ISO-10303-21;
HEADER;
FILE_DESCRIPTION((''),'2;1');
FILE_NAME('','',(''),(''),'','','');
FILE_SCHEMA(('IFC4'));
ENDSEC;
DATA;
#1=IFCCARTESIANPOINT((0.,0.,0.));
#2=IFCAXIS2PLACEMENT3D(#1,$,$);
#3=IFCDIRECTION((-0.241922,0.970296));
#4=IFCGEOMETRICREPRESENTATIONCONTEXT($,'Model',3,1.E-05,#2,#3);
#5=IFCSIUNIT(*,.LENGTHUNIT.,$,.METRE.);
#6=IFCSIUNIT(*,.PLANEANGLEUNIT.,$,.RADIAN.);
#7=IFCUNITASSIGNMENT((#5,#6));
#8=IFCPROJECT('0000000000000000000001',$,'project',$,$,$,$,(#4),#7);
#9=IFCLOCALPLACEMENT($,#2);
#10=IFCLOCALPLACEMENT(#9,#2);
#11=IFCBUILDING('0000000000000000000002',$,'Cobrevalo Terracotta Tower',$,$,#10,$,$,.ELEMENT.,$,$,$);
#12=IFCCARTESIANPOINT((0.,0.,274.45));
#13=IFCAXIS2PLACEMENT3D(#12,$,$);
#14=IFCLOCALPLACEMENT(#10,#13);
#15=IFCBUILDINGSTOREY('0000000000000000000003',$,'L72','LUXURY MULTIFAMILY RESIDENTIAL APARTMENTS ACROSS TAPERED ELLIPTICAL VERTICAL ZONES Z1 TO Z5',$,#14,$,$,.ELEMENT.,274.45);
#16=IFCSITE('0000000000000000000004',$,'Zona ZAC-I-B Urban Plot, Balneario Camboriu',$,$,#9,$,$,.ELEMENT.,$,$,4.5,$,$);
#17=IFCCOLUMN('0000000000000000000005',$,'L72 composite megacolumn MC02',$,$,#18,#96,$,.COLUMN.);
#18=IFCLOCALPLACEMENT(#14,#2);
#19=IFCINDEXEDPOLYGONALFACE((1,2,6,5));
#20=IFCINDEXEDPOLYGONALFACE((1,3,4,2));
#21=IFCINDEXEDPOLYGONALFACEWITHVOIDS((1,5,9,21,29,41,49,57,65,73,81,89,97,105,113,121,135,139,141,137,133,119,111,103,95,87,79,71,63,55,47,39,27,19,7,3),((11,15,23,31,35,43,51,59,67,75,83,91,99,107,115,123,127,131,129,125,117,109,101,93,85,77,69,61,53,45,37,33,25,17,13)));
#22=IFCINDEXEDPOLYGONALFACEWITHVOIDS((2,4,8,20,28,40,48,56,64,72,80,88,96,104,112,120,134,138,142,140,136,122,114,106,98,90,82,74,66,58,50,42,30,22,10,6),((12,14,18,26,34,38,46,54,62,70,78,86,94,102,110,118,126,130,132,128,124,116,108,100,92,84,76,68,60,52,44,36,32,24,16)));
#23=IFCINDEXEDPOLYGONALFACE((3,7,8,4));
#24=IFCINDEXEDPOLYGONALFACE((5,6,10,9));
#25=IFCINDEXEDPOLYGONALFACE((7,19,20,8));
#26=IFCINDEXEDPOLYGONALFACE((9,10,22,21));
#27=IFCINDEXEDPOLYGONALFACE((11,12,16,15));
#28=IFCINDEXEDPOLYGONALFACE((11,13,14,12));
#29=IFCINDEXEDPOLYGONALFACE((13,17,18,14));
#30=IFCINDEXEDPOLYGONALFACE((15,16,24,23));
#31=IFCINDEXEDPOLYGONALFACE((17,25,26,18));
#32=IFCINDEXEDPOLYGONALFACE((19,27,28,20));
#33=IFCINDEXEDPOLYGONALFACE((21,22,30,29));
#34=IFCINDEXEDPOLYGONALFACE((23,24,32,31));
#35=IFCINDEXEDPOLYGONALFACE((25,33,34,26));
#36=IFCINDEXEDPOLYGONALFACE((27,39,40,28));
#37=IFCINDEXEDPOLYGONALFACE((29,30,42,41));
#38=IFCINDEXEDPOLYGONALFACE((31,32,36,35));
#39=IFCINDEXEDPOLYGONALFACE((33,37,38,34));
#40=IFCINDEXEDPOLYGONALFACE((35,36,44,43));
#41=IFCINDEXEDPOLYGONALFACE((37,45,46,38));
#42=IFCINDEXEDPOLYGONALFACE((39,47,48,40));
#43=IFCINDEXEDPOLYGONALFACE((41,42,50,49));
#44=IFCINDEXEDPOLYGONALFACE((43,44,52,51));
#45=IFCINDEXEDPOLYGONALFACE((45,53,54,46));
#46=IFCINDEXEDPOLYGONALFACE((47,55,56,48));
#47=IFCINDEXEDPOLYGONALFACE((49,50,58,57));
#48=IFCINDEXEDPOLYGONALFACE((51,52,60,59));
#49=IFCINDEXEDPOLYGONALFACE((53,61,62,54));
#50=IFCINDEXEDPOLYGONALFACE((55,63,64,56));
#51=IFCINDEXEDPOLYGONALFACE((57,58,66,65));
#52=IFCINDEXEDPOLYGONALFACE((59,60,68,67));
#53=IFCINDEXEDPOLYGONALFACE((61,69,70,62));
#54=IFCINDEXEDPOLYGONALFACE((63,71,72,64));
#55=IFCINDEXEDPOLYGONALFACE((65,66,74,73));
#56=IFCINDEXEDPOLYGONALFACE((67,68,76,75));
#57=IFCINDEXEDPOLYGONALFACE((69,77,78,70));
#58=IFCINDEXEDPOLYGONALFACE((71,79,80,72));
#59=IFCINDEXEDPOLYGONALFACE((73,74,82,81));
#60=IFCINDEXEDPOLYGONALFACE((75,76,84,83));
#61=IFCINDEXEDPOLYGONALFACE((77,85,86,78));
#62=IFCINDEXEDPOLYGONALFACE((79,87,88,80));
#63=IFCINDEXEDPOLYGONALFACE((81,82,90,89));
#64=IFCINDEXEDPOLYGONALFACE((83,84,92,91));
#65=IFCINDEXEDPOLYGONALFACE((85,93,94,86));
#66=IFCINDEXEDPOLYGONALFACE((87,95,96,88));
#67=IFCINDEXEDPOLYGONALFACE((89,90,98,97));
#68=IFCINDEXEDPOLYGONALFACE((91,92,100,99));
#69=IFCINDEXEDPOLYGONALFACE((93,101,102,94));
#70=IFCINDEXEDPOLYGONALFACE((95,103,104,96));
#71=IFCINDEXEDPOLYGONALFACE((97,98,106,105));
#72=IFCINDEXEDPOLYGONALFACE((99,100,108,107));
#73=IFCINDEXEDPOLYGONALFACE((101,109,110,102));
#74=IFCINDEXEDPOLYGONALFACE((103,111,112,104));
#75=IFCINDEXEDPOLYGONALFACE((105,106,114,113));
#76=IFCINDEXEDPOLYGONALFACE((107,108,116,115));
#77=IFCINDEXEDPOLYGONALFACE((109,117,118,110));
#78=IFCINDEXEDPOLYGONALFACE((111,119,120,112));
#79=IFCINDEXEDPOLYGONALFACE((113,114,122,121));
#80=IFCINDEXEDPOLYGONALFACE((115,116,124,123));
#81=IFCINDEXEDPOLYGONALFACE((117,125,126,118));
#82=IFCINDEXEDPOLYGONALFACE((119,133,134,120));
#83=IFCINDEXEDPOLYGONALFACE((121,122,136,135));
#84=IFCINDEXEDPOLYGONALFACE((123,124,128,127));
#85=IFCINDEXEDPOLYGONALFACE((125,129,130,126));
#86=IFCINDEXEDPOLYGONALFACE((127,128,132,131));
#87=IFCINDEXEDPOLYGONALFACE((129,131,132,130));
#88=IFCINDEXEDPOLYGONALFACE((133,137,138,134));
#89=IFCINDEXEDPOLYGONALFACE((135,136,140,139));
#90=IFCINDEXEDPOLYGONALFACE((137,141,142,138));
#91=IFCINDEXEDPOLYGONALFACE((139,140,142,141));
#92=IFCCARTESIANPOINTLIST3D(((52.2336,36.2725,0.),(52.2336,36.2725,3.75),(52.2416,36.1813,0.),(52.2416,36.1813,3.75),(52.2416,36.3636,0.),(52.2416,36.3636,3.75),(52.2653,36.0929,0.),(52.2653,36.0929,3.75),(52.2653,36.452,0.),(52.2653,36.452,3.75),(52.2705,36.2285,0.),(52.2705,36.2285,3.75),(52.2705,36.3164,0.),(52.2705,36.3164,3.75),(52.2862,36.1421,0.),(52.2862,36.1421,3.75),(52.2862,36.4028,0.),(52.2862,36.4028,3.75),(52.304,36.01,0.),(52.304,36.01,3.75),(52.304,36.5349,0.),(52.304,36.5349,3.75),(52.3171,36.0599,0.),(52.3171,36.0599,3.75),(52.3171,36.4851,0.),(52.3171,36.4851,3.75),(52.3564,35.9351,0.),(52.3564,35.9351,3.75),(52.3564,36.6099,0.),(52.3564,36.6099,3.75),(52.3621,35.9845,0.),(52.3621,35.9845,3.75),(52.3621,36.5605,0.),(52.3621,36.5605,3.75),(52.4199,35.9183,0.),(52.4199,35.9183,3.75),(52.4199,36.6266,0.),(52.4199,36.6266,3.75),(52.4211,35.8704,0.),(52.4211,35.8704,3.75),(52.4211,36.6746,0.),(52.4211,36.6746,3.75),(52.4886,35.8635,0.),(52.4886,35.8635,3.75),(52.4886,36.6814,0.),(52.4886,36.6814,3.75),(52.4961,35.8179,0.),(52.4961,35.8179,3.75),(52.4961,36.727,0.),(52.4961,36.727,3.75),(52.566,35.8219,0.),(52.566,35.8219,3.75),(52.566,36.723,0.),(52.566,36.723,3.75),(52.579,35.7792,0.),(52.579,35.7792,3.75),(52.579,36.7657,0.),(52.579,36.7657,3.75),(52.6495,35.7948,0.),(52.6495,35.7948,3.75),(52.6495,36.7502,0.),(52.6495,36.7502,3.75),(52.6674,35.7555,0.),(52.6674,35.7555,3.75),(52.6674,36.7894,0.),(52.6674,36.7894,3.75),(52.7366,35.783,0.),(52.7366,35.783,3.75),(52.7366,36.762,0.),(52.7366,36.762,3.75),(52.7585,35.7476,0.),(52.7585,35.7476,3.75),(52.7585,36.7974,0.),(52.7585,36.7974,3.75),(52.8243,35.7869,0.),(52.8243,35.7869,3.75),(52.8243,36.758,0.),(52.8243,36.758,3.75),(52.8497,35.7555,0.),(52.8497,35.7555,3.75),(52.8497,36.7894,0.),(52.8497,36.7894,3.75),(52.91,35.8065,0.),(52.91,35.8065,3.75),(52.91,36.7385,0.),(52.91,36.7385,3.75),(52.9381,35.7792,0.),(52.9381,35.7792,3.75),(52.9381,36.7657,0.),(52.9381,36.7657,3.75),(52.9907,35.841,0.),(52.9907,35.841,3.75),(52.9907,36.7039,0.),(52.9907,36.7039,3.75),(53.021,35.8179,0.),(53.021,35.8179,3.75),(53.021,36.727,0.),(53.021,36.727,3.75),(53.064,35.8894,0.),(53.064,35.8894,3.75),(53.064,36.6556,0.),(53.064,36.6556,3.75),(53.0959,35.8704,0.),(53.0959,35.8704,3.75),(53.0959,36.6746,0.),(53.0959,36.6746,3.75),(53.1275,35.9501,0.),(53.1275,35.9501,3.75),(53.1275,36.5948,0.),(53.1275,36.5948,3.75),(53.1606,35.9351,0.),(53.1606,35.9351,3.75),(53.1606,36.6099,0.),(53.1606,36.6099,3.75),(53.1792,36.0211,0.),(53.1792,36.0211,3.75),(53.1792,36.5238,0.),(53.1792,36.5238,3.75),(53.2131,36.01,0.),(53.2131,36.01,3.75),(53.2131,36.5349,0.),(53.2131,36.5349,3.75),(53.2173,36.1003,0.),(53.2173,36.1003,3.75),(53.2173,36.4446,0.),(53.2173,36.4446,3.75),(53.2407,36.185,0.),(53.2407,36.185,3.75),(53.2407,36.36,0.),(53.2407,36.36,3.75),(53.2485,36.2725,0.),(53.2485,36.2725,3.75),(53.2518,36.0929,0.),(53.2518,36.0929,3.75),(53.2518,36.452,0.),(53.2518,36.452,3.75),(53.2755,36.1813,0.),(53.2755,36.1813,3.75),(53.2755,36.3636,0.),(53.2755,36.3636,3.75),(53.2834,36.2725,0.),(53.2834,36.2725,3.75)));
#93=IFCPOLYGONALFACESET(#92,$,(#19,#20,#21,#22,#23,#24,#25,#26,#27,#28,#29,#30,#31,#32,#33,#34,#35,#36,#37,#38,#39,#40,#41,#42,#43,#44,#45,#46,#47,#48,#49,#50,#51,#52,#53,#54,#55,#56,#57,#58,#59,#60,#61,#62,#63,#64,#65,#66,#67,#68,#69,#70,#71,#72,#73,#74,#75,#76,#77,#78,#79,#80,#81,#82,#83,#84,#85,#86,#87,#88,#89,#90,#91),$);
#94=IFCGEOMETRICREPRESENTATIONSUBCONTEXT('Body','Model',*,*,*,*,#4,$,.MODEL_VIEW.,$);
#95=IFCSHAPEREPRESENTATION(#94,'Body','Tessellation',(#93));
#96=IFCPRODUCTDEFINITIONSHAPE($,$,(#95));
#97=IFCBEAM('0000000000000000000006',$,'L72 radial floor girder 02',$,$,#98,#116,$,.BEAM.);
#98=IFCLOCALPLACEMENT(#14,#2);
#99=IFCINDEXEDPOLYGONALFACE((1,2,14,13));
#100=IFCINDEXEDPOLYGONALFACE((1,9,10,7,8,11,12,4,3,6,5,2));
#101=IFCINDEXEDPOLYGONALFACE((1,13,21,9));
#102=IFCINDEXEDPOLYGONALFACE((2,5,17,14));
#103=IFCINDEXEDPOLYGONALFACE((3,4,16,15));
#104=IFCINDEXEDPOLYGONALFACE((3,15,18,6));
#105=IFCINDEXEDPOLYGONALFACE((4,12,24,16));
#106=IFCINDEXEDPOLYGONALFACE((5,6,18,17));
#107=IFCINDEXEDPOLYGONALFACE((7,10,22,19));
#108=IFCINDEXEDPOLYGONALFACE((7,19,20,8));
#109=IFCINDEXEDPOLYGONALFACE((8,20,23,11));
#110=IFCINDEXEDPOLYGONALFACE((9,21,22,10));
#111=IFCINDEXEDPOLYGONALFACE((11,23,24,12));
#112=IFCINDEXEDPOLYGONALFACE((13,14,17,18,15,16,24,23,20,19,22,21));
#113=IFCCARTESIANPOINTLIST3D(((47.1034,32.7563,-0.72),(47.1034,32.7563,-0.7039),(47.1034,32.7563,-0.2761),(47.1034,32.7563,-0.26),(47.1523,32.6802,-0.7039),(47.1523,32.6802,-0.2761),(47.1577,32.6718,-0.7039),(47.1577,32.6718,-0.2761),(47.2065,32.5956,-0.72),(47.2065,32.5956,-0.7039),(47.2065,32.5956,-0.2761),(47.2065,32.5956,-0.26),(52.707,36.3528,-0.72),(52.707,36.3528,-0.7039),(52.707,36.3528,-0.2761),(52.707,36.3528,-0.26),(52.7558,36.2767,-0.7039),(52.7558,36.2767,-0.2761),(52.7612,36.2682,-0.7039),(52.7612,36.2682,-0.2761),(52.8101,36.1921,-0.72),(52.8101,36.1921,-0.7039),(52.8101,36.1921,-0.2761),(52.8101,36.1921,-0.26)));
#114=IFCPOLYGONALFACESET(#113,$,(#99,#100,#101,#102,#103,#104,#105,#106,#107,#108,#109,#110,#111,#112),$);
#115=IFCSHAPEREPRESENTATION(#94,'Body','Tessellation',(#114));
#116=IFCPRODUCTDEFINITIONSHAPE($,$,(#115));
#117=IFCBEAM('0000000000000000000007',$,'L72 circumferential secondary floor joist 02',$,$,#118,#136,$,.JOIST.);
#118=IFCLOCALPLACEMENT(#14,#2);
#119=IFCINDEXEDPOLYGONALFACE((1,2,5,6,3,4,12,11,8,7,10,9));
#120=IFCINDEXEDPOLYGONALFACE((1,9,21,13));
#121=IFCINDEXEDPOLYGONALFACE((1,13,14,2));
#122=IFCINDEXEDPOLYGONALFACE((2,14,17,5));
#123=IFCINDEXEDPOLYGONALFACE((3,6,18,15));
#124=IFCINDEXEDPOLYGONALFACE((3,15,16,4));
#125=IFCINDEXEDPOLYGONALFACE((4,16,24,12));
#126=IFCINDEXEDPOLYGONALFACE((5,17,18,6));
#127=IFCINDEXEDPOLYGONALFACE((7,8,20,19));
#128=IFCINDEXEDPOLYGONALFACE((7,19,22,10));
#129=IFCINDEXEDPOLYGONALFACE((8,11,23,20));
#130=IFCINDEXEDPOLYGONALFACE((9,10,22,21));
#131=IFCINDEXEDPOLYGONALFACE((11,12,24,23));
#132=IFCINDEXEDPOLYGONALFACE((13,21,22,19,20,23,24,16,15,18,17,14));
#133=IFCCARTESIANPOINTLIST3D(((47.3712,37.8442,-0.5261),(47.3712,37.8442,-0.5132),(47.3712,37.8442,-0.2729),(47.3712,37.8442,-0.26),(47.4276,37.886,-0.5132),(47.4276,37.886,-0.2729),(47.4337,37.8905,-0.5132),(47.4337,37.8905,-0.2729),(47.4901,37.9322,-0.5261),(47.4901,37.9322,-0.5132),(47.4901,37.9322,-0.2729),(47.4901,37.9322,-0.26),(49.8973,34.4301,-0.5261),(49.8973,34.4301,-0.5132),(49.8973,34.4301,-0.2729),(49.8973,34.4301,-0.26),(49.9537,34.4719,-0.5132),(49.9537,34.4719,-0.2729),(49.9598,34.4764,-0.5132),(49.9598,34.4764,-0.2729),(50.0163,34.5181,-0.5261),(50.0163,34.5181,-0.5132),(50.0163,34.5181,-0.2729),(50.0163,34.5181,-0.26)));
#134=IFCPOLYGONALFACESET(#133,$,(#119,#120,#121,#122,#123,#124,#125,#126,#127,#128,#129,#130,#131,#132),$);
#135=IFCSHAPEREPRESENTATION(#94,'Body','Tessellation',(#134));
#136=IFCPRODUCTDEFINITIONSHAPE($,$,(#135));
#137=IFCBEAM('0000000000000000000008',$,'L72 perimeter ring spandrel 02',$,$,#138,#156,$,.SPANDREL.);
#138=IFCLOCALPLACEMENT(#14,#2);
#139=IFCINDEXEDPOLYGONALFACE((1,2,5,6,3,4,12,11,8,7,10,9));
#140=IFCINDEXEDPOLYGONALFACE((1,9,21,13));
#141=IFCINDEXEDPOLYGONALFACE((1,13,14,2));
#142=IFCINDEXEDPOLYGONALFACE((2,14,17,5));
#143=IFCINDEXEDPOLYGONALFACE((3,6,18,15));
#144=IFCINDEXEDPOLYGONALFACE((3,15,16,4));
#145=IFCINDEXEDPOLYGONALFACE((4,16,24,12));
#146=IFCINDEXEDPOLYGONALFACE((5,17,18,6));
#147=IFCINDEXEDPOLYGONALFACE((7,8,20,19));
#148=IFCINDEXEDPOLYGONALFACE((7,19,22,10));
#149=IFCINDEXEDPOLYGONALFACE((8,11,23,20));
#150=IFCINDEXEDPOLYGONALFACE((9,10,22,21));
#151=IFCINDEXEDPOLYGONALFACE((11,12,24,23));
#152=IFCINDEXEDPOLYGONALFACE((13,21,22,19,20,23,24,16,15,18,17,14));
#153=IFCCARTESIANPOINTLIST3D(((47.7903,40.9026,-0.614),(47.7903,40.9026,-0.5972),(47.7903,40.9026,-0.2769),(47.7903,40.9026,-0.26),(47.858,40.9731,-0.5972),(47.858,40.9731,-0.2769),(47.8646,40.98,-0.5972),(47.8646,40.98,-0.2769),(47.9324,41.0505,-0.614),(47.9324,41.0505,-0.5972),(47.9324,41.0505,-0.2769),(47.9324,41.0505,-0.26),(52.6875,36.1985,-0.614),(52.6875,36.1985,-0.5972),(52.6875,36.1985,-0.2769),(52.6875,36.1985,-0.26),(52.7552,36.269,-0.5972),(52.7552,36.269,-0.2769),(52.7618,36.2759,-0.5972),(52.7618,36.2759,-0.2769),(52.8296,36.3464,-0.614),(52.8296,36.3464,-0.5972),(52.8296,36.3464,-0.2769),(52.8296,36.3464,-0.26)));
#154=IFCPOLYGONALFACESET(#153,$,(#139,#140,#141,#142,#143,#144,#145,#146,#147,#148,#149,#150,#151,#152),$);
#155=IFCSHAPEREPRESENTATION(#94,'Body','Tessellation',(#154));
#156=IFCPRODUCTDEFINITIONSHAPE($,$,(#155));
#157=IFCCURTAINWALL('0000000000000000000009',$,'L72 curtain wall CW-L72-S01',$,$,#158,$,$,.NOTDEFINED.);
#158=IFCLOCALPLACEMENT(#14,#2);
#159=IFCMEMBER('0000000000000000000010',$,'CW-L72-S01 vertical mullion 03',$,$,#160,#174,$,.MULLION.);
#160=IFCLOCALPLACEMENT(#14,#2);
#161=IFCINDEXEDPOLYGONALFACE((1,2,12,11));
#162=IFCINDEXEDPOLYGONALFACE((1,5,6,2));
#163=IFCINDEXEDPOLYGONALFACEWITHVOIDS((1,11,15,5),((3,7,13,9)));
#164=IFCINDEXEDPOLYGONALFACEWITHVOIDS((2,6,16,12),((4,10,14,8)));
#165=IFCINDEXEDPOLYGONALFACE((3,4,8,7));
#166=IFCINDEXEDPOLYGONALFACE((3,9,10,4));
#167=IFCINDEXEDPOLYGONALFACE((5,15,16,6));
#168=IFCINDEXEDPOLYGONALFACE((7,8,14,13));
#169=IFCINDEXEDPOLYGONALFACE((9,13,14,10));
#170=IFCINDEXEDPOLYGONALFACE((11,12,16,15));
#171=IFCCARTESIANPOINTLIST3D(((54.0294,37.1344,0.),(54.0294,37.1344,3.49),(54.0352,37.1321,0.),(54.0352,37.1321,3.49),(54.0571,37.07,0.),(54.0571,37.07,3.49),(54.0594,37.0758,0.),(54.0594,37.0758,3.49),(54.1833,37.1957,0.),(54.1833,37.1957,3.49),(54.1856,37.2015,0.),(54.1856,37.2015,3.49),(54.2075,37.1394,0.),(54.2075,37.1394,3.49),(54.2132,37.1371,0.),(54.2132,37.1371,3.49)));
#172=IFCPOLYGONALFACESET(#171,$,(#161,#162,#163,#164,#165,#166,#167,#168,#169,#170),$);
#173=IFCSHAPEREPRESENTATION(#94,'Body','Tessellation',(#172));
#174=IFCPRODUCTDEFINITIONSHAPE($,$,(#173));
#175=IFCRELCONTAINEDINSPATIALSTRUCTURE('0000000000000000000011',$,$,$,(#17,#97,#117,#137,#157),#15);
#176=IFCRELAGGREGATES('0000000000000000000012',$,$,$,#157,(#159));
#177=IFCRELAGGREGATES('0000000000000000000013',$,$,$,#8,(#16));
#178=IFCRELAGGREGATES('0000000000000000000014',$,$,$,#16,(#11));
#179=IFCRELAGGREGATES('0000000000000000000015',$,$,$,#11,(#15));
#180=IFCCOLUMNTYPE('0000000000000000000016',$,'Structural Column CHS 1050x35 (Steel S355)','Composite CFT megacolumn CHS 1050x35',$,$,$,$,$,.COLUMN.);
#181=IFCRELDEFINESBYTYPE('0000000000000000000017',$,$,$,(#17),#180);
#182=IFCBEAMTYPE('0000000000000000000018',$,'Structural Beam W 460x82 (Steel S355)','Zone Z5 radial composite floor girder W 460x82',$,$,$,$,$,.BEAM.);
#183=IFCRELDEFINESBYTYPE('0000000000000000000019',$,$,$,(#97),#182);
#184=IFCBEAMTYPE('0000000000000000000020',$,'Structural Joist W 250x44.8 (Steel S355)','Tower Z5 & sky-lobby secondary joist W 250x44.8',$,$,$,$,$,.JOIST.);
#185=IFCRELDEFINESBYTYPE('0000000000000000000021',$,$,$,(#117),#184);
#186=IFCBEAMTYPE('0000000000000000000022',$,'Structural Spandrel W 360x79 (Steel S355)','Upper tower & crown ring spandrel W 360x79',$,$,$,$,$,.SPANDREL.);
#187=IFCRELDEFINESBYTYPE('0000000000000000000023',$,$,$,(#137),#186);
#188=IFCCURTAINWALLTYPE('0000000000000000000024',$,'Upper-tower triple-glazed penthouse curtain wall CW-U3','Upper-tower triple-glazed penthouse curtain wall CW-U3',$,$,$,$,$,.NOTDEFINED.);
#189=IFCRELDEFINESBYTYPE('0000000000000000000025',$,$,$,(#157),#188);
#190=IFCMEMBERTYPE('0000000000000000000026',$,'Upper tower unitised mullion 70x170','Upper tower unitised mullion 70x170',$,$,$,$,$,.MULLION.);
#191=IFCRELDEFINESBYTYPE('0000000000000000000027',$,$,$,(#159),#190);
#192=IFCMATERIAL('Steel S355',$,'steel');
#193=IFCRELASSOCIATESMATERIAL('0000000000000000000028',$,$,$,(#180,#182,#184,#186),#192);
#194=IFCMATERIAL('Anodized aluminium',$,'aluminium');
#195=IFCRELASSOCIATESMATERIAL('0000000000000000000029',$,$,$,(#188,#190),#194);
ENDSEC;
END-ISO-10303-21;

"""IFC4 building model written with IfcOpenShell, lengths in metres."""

from ifc_helpers import new_model, si_unit, direction, frame, origin, origin_2d, place, context, subcontext, project, spatial, hollow_rectangle, hollow_circle, i_section, extrude, source, transform, mapped, material, material_profile, profile_set, type_object, element, aggregate, save


model = new_model("IFC4")

# Units and contexts
model_context = context("Model", 3, precision=1e-05, world=origin(), true_north=direction((-0.241922, 0.970296)))
body_context = subcontext(model_context, "Body", "Model", "MODEL_VIEW")
ifc_project = project(units=[si_unit("LENGTHUNIT", "METRE"), si_unit("PLANEANGLEUNIT", "RADIAN")], contexts=[model_context])

# Site, building, storey
site_placement = place(None, origin())
site = spatial("IfcSite", under=ifc_project, at=site_placement, Name="Zona ZAC-I-B Urban Plot, Balneario Camboriu", CompositionType="ELEMENT", RefElevation=4.5)
building_placement = place(site_placement, origin())
building = spatial("IfcBuilding", under=site, at=building_placement, Name="Cobrevalo Terracotta Tower", CompositionType="ELEMENT")
storey_placement = place(building_placement, frame((0.0, 0.0, 274.45)))
storey = spatial("IfcBuildingStorey", under=building, at=storey_placement, Name="L72", Description="LUXURY MULTIFAMILY RESIDENTIAL APARTMENTS ACROSS TAPERED ELLIPTICAL VERTICAL ZONES Z1 TO Z5", CompositionType="ELEMENT", Elevation=274.45)

# Column
ifc_material_1 = material(Name="Steel S355", Category="steel")
ifc_material_profile_1 = material_profile(ifc_material_1, hollow_circle(Radius=0.5249, WallThickness=0.0349, at=origin_2d()), Name="CHS 1050x35")
ifc_profile_set_1 = profile_set([ifc_material_profile_1], Name="Steel S355")
column_type = type_object("IfcColumnType", Name="Structural Column CHS 1050x35 (Steel S355)", Description="Composite CFT megacolumn CHS 1050x35", PredefinedType="COLUMN", material=ifc_profile_set_1)
column_placement = place(storey_placement, frame((52.7585, 36.2725, 0.0), z_axis=(0.0, 0.0, 1.0), x_axis=(1.0, 0.0, 0.0)))
element("IfcColumn", 1, at=column_placement, inside=storey, type_object=column_type, Name="L72 composite megacolumn MC02", PredefinedType="COLUMN", context=body_context, shape_type="SweptSolid", body=[
    extrude(hollow_circle(Radius=0.5249, WallThickness=0.0349, at=origin_2d()), origin(), (0.0, 0.0, 1.0), 3.75),
])

# Beams
ifc_material_profile_2 = material_profile(ifc_material_1, i_section(OverallWidth=0.1909, OverallDepth=0.46, WebThickness=0.01, FlangeThickness=0.0161, at=origin_2d()), Name="W 460x82")
ifc_profile_set_2 = profile_set([ifc_material_profile_2], Name="Steel S355")
beam_type_1 = type_object("IfcBeamType", Name="Structural Beam W 460x82 (Steel S355)", Description="Zone Z5 radial composite floor girder W 460x82", PredefinedType="BEAM", material=ifc_profile_set_2)
beam_1_placement = place(storey_placement, frame((52.7585, 36.2725, -0.49), z_axis=(-0.841576, -0.540138, 0.0), x_axis=(0.540138, -0.841576, 0.0)))
element("IfcBeam", 2, at=beam_1_placement, inside=storey, type_object=beam_type_1, Name="L72 radial floor girder 02", PredefinedType="BEAM", context=body_context, shape_type="SweptSolid", body=[
    extrude(i_section(OverallWidth=0.1909, OverallDepth=0.46, WebThickness=0.01, FlangeThickness=0.0161, at=origin_2d()), origin(), (0.0, 0.0, 1.0), 6.6584),
])
ifc_material_profile_3 = material_profile(ifc_material_1, i_section(OverallWidth=0.1479, OverallDepth=0.2661, WebThickness=0.0076, FlangeThickness=0.0129, at=origin_2d()), Name="W 250x44.8")
ifc_profile_set_3 = profile_set([ifc_material_profile_3], Name="Steel S355")
beam_type_2 = type_object("IfcBeamType", Name="Structural Joist W 250x44.8 (Steel S355)", Description="Tower Z5 & sky-lobby secondary joist W 250x44.8", PredefinedType="JOIST", material=ifc_profile_set_3)
beam_2_placement = place(storey_placement, frame((49.9568, 34.4741, -0.3931), z_axis=(-0.5948, 0.803874, 0.0), x_axis=(-0.803874, -0.5948, 0.0)))
element("IfcBeam", 3, at=beam_2_placement, inside=storey, type_object=beam_type_2, Name="L72 circumferential secondary floor joist 02", PredefinedType="JOIST", context=body_context, shape_type="SweptSolid", body=[
    extrude(i_section(OverallWidth=0.1479, OverallDepth=0.2661, WebThickness=0.0076, FlangeThickness=0.0129, at=origin_2d()), origin(), (0.0, 0.0, 1.0), 4.2471),
])
ifc_material_profile_4 = material_profile(ifc_material_1, i_section(OverallWidth=0.2051, OverallDepth=0.354, WebThickness=0.0095, FlangeThickness=0.0168, at=origin_2d()), Name="W 360x79")
ifc_profile_set_4 = profile_set([ifc_material_profile_4], Name="Steel S355")
beam_type_3 = type_object("IfcBeamType", Name="Structural Spandrel W 360x79 (Steel S355)", Description="Upper tower & crown ring spandrel W 360x79", PredefinedType="SPANDREL", material=ifc_profile_set_4)
beam_3_placement = place(storey_placement, frame((52.7585, 36.2725, -0.437), z_axis=(-0.721183, 0.692744, 0.0), x_axis=(-0.692744, -0.721183, 0.0)))
element("IfcBeam", 4, at=beam_3_placement, inside=storey, type_object=beam_type_3, Name="L72 perimeter ring spandrel 02", PredefinedType="SPANDREL", context=body_context, shape_type="SweptSolid", body=[
    extrude(i_section(OverallWidth=0.2051, OverallDepth=0.354, WebThickness=0.0095, FlangeThickness=0.0168, at=origin_2d()), origin(), (0.0, 0.0, 1.0), 6.7905),
])

# Curtain wall, member
ifc_material_2 = material(Name="Anodized aluminium", Category="aluminium")
curtain_wall_type = type_object("IfcCurtainWallType", Name="Upper-tower triple-glazed penthouse curtain wall CW-U3", Description="Upper-tower triple-glazed penthouse curtain wall CW-U3", PredefinedType="NOTDEFINED", material=ifc_material_2)
curtain_wall_1_placement = place(storey_placement, origin())
curtain_wall_1 = element("IfcCurtainWall", 5, at=curtain_wall_1_placement, inside=storey, type_object=curtain_wall_type, Name="L72 curtain wall CW-L72-S01", PredefinedType="NOTDEFINED")
ifc_material_profile_5 = material_profile(ifc_material_2, hollow_rectangle(XDim=0.0701, YDim=0.1699, WallThickness=0.0044, at=origin_2d()), Name="CWM 70x170")
ifc_profile_set_5 = profile_set([ifc_material_profile_5], Name="Anodized aluminium")
member_type_1 = type_object("IfcMemberType", Name="Upper tower unitised mullion 70x170", Description="Upper tower unitised mullion 70x170", PredefinedType="MULLION", material=ifc_profile_set_5)
shared_shape_1 = source(origin(), body_context, "Body", "SweptSolid", [
    extrude(hollow_rectangle(XDim=0.0701, YDim=0.1699, WallThickness=0.0044, at=origin_2d()), origin(), (0.0, 0.0, 1.0), 3.49),
])
member_1_placement = place(storey_placement, frame((54.1213, 37.1357, 0.0), z_axis=(0.0, 0.0, 1.0), x_axis=(-0.394824, 0.918757, 0.0)))
member_1 = element("IfcMember", 6, at=member_1_placement, type_object=member_type_1, Name="CW-L72-S01 vertical mullion 03", PredefinedType="MULLION", context=body_context, shape_type="MappedRepresentation", body=[
    mapped(shared_shape_1, transform((0.0, 0.0, 0.0), scale=1.0)),
])

aggregate(curtain_wall_1, [member_1])

save(model, "model.ifc")
